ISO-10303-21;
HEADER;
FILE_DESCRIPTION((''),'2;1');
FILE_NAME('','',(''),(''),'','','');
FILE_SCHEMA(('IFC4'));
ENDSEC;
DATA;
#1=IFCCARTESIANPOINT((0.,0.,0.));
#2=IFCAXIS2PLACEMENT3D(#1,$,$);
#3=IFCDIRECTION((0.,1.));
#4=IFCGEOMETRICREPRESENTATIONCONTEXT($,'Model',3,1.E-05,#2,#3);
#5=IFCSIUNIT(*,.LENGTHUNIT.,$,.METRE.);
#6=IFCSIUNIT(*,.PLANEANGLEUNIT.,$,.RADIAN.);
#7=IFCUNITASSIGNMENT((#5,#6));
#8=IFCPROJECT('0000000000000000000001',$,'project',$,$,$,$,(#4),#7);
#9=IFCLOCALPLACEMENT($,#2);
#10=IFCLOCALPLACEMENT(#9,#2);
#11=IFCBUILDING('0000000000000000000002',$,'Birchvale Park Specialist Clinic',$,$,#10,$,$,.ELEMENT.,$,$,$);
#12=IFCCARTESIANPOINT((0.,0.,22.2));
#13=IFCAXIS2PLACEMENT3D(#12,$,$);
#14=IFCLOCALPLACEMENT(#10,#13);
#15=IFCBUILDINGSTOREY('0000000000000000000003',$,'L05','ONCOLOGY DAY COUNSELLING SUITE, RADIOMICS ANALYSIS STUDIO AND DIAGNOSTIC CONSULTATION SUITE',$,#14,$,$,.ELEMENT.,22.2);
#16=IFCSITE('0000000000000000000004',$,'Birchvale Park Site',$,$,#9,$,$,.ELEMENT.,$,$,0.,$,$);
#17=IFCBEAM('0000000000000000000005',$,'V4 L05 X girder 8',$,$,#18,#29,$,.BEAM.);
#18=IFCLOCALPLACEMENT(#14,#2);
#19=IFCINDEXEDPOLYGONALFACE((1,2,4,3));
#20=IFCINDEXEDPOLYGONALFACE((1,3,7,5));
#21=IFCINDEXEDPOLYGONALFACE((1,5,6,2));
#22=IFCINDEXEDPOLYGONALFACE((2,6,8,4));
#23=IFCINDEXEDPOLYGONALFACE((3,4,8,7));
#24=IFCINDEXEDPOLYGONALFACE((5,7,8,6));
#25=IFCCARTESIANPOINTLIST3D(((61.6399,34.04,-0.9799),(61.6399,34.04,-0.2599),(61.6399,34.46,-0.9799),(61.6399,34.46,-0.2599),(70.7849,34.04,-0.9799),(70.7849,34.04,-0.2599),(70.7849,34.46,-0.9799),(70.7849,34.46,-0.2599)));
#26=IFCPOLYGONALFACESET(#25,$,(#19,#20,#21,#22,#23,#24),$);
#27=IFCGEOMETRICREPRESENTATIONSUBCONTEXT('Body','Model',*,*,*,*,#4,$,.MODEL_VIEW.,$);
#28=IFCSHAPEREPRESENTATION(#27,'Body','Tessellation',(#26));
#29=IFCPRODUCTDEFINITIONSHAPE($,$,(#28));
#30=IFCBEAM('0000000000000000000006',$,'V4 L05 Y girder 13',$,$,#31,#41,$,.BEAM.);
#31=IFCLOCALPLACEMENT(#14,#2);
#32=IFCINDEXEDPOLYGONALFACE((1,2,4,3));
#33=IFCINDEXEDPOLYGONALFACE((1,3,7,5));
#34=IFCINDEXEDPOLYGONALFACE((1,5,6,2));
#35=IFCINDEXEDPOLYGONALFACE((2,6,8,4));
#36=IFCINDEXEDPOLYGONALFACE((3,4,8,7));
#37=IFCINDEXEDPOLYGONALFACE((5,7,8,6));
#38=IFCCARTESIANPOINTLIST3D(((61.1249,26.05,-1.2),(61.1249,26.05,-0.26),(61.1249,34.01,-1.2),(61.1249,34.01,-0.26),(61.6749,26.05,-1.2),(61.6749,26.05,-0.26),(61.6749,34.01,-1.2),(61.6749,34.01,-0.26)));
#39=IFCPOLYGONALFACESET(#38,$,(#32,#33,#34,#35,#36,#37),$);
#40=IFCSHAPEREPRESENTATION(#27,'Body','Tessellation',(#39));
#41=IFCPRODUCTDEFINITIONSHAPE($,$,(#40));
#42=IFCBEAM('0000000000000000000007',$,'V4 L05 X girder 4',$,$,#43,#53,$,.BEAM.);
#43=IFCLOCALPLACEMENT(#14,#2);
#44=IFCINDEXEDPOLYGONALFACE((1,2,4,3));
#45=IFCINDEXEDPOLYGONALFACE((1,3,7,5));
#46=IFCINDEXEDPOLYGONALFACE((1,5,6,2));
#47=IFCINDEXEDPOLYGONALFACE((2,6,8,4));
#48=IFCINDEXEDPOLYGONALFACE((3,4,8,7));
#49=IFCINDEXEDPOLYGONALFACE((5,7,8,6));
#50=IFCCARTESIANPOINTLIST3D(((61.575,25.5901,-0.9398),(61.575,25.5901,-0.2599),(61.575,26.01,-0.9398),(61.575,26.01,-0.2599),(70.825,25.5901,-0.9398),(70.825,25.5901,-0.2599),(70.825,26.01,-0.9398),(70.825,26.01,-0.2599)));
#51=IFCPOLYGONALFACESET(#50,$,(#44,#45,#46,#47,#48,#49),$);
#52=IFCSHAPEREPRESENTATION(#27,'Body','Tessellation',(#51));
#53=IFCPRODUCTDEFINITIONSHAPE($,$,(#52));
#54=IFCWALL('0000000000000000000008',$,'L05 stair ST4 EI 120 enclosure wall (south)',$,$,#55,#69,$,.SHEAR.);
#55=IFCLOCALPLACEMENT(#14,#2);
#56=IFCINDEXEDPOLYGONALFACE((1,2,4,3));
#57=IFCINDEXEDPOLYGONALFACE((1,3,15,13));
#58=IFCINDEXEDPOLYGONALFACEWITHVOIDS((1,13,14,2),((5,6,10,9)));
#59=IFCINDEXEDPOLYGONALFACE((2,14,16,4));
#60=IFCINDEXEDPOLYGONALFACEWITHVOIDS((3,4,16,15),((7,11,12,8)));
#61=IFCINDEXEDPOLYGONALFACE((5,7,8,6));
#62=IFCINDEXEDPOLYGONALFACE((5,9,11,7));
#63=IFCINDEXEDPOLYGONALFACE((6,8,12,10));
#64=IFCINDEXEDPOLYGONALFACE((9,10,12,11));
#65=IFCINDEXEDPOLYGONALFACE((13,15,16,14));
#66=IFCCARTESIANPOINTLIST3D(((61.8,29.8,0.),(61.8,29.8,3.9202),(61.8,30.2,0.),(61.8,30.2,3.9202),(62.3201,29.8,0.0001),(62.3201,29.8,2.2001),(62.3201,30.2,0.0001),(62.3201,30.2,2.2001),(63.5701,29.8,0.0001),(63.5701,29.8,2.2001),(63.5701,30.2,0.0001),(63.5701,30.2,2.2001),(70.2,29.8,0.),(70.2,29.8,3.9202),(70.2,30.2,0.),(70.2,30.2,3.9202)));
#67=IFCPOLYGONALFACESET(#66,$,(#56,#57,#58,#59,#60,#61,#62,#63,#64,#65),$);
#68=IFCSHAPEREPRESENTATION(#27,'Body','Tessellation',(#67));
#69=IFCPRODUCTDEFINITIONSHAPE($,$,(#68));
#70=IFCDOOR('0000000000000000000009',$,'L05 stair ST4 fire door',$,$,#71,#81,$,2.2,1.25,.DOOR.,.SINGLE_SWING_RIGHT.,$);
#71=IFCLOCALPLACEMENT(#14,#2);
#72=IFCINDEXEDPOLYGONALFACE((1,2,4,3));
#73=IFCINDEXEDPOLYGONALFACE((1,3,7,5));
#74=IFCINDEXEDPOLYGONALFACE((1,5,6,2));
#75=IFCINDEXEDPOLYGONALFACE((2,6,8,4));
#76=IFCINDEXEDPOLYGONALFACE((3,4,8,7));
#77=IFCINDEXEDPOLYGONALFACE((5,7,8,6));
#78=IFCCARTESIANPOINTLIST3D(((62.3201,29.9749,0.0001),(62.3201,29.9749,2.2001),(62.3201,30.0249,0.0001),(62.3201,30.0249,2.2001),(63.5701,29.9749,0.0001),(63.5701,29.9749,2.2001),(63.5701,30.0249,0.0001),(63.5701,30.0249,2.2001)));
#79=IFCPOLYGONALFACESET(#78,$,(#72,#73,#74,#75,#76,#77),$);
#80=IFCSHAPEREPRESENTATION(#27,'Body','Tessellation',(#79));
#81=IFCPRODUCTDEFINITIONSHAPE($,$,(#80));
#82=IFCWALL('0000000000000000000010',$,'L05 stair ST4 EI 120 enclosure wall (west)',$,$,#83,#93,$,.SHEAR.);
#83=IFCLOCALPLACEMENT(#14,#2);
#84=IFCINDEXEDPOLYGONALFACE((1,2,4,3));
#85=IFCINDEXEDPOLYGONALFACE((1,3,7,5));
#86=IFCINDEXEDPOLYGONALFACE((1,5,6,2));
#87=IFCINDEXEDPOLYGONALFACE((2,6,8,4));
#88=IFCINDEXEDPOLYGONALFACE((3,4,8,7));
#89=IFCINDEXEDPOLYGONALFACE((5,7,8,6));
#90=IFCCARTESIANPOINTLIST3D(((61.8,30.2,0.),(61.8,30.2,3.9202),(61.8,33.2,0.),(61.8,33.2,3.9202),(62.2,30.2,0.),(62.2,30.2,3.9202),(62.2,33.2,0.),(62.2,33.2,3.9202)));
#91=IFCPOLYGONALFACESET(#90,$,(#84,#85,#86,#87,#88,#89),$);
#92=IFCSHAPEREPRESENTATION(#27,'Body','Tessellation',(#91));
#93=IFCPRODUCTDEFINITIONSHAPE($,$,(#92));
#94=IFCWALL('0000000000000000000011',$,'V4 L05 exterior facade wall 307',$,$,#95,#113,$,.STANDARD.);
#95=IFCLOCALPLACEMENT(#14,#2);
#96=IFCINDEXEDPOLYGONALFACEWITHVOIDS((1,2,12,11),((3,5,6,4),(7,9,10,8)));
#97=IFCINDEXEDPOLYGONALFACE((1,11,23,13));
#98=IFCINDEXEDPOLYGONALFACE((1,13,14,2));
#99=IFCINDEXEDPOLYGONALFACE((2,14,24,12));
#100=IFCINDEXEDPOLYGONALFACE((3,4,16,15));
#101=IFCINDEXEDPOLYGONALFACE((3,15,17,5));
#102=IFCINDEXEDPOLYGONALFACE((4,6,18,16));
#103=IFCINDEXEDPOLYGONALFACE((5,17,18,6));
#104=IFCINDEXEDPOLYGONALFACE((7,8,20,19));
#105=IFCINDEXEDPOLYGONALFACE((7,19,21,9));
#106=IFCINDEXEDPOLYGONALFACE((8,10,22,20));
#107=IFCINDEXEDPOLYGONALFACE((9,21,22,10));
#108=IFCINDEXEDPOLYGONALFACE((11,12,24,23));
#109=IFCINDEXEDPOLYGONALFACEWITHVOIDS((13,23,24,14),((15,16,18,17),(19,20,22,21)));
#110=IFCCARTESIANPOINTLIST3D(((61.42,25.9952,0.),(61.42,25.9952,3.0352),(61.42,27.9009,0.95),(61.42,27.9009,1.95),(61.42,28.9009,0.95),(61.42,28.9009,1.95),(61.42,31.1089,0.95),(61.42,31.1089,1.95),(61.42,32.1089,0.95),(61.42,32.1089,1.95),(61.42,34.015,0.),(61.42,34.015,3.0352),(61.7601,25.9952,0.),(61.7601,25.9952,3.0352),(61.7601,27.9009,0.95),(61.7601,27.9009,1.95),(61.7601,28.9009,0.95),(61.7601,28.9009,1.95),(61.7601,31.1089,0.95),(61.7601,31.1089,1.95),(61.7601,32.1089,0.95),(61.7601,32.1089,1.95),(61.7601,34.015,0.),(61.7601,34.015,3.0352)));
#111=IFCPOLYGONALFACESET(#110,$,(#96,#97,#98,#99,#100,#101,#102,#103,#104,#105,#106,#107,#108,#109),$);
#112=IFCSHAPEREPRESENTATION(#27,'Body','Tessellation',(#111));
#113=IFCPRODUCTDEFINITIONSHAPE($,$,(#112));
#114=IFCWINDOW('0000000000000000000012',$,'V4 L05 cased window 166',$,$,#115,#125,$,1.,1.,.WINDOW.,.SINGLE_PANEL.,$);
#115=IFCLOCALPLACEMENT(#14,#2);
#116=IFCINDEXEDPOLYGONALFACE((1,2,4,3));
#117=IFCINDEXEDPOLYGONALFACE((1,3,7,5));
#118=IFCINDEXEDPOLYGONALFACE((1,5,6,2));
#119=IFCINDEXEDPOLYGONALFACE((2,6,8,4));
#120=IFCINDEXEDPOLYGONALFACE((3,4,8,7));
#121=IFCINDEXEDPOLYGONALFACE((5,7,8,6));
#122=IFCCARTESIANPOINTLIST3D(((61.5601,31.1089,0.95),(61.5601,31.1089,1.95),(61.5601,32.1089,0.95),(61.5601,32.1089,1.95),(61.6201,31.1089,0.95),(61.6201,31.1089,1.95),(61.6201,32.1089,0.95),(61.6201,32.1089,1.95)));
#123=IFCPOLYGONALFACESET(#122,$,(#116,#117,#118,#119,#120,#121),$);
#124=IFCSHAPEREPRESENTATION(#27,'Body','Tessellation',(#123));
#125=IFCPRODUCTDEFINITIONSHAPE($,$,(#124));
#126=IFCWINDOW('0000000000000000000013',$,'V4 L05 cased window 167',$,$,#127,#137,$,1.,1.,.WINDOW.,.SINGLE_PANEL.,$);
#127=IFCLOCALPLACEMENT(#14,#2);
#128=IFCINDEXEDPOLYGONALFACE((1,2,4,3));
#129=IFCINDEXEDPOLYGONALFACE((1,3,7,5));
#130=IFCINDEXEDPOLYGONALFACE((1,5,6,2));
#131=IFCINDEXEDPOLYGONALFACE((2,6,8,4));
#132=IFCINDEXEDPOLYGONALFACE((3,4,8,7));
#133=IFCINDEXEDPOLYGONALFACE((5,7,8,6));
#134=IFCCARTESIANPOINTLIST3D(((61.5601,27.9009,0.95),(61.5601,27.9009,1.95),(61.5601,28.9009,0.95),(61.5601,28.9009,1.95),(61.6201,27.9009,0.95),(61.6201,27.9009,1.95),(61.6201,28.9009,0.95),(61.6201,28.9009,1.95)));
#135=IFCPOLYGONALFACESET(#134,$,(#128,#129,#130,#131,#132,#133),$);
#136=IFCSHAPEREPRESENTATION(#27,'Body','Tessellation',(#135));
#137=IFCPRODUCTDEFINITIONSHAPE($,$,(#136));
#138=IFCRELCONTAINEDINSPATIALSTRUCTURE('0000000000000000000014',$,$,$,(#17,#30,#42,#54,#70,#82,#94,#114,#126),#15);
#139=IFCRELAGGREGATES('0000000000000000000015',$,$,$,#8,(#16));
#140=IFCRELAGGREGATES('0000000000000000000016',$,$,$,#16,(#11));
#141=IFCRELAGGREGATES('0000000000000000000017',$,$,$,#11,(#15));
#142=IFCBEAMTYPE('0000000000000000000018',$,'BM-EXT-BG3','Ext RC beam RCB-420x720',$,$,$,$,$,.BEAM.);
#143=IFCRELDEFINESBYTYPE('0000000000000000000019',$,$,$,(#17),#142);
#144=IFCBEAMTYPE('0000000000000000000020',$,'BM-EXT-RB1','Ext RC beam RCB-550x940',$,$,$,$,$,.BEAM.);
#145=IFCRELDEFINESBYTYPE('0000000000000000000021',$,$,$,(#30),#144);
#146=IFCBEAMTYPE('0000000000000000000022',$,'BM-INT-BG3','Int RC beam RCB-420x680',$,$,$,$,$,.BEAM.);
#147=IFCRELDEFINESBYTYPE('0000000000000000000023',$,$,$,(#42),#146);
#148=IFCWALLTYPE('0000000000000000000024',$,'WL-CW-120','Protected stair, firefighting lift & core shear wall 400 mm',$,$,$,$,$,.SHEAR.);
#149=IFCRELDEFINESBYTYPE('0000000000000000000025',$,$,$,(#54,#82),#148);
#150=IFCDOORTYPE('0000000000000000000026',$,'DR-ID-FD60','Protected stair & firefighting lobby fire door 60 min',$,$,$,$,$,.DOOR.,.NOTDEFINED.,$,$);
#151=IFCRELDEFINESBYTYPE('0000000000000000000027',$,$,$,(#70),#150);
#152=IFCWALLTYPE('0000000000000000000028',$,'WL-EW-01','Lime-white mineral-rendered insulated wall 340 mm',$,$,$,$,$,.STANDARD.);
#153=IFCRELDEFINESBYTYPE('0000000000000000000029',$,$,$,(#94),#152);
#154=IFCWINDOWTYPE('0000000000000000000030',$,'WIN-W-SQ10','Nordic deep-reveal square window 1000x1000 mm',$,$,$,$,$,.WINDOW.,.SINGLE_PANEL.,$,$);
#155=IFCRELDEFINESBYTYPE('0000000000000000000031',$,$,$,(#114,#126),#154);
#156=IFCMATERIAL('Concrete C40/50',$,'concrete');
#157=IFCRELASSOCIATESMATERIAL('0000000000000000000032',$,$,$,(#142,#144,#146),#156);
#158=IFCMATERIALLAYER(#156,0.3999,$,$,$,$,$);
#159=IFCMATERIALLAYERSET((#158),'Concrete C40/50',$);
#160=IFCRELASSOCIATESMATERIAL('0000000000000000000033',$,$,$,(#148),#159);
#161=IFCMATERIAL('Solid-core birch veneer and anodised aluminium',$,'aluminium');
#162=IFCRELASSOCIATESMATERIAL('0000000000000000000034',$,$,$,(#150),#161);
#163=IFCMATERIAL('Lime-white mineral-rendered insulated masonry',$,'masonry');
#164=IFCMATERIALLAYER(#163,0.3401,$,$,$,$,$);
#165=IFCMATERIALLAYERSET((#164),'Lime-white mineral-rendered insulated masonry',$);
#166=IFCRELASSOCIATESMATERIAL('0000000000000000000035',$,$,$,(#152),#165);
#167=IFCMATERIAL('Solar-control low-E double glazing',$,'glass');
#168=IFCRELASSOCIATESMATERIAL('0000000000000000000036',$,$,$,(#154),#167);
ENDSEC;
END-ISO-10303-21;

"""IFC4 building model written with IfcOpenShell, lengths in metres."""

from ifc_helpers import new_model, si_unit, direction, frame, frame_2d, origin, origin_2d, place, context, subcontext, project, spatial, rectangle, extrude, material, layer, layer_set, material_profile, profile_set, type_object, element, fill, save


model = new_model("IFC4")

# Units and contexts
model_context = context("Model", 3, precision=1e-05, world=origin(), true_north=direction((0.0, 1.0)))
body_context = subcontext(model_context, "Body", "Model", "MODEL_VIEW")
ifc_project = project(units=[si_unit("LENGTHUNIT", "METRE"), si_unit("PLANEANGLEUNIT", "RADIAN")], contexts=[model_context])

# Site, building, storey
site_placement = place(None, origin())
site = spatial("IfcSite", under=ifc_project, at=site_placement, Name="Birchvale Park Site", CompositionType="ELEMENT", RefElevation=0.0)
building_placement = place(site_placement, origin())
building = spatial("IfcBuilding", under=site, at=building_placement, Name="Birchvale Park Specialist Clinic", CompositionType="ELEMENT")
storey_placement = place(building_placement, frame((0.0, 0.0, 22.2)))
storey = spatial("IfcBuildingStorey", under=building, at=storey_placement, Name="L05", Description="ONCOLOGY DAY COUNSELLING SUITE, RADIOMICS ANALYSIS STUDIO AND DIAGNOSTIC CONSULTATION SUITE", CompositionType="ELEMENT", Elevation=22.2)

# Beams
ifc_material_1 = material(Name="Concrete C40/50", Category="concrete")
ifc_material_profile_1 = material_profile(ifc_material_1, rectangle(XDim=0.4199, YDim=0.72, at=origin_2d()), Name="RCB-420x720")
ifc_profile_set_1 = profile_set([ifc_material_profile_1], Name="Concrete C40/50")
beam_type_1 = type_object("IfcBeamType", Name="BM-EXT-BG3", Description="Ext RC beam RCB-420x720", PredefinedType="BEAM", material=ifc_profile_set_1)
beam_1_placement = place(storey_placement, frame((61.6399, 34.25, -0.6199), z_axis=(1.0, 0.0, 0.0), x_axis=(0.0, 1.0, 0.0)))
element("IfcBeam", 1, at=beam_1_placement, inside=storey, type_object=beam_type_1, Name="V4 L05 X girder 8", PredefinedType="BEAM", context=body_context, shape_type="SweptSolid", body=[
    extrude(rectangle(XDim=0.4199, YDim=0.72, at=origin_2d()), origin(), (0.0, 0.0, 1.0), 9.145),
])
ifc_material_profile_2 = material_profile(ifc_material_1, rectangle(XDim=0.55, YDim=0.9399, at=origin_2d()), Name="RCB-550x940")
ifc_profile_set_2 = profile_set([ifc_material_profile_2], Name="Concrete C40/50")
beam_type_2 = type_object("IfcBeamType", Name="BM-EXT-RB1", Description="Ext RC beam RCB-550x940", PredefinedType="BEAM", material=ifc_profile_set_2)
beam_2_placement = place(storey_placement, frame((61.3999, 26.05, -0.73), z_axis=(0.0, 1.0, 0.0), x_axis=(-1.0, 0.0, 0.0)))
element("IfcBeam", 2, at=beam_2_placement, inside=storey, type_object=beam_type_2, Name="V4 L05 Y girder 13", PredefinedType="BEAM", context=body_context, shape_type="SweptSolid", body=[
    extrude(rectangle(XDim=0.55, YDim=0.9399, at=origin_2d()), origin(), (0.0, 0.0, 1.0), 7.96),
])
ifc_material_profile_3 = material_profile(ifc_material_1, rectangle(XDim=0.4199, YDim=0.6799, at=origin_2d()), Name="RCB-420x680")
ifc_profile_set_3 = profile_set([ifc_material_profile_3], Name="Concrete C40/50")
beam_type_3 = type_object("IfcBeamType", Name="BM-INT-BG3", Description="Int RC beam RCB-420x680", PredefinedType="BEAM", material=ifc_profile_set_3)
beam_3_placement = place(storey_placement, frame((61.575, 25.8, -0.5999), z_axis=(1.0, 0.0, 0.0), x_axis=(0.0, 1.0, 0.0)))
element("IfcBeam", 3, at=beam_3_placement, inside=storey, type_object=beam_type_3, Name="V4 L05 X girder 4", PredefinedType="BEAM", context=body_context, shape_type="SweptSolid", body=[
    extrude(rectangle(XDim=0.4199, YDim=0.6799, at=origin_2d()), origin(), (0.0, 0.0, 1.0), 9.25),
])

# Wall, opening, door
ifc_layer_1 = layer(ifc_material_1, 0.3999)
ifc_layer_set_1 = layer_set([ifc_layer_1], Name="Concrete C40/50")
wall_type_1 = type_object("IfcWallType", Name="WL-CW-120", Description="Protected stair, firefighting lift & core shear wall 400 mm", PredefinedType="SHEAR", material=ifc_layer_set_1)
wall_1_placement = place(storey_placement, frame((61.8, 30.0, 0.0), z_axis=(0.0, 0.0, 1.0), x_axis=(1.0, 0.0, 0.0)))
wall_1 = element("IfcWall", 4, at=wall_1_placement, inside=storey, type_object=wall_type_1, Name="L05 stair ST4 EI 120 enclosure wall (south)", PredefinedType="SHEAR", context=body_context, shape_type="SweptSolid", body=[
    extrude(rectangle(XDim=8.3999, YDim=0.3999, at=frame_2d((4.2, 0.0))), origin(), (0.0, 0.0, 1.0), 3.9202),
])
opening_1_placement = place(wall_1_placement, frame((0.52, 0.0, 0.0)))
opening_1 = element("IfcOpeningElement", 5, at=opening_1_placement, cuts=wall_1, PredefinedType="OPENING", context=body_context, shape_type="SweptSolid", body=[
    extrude(rectangle(XDim=1.25, YDim=2.2, at=frame_2d((0.625, 1.1001))), frame((0.0, 0.21, 0.0), z_axis=(0.0, -1.0, 0.0), x_axis=(1.0, 0.0, 0.0)), (0.0, 0.0, 1.0), 0.4199),
])
ifc_material_2 = material(Name="Solid-core birch veneer and anodised aluminium", Category="aluminium")
door_type_1 = type_object("IfcDoorType", Name="DR-ID-FD60", Description="Protected stair & firefighting lobby fire door 60 min", OperationType="NOTDEFINED", PredefinedType="DOOR", material=ifc_material_2)
door_1_placement = place(opening_1_placement, origin())
door_1 = element("IfcDoor", 6, at=door_1_placement, inside=storey, type_object=door_type_1, Name="L05 stair ST4 fire door", OperationType="SINGLE_SWING_RIGHT", OverallHeight=2.2, OverallWidth=1.25, PredefinedType="DOOR", context=body_context, shape_type="SweptSolid", body=[
    extrude(rectangle(XDim=1.25, YDim=2.2, at=frame_2d((0.625, 1.1001))), frame((0.0, 0.0249, 0.0), z_axis=(0.0, -1.0, 0.0), x_axis=(1.0, 0.0, 0.0)), (0.0, 0.0, 1.0), 0.05),
])
fill(opening_1, door_1)

# Wall
wall_2_placement = place(storey_placement, frame((62.0, 30.2, 0.0), z_axis=(0.0, 0.0, 1.0), x_axis=(0.0, 1.0, 0.0)))
element("IfcWall", 7, at=wall_2_placement, inside=storey, type_object=wall_type_1, Name="L05 stair ST4 EI 120 enclosure wall (west)", PredefinedType="SHEAR", context=body_context, shape_type="SweptSolid", body=[
    extrude(rectangle(XDim=3.0, YDim=0.3999, at=frame_2d((1.5, 0.0))), origin(), (0.0, 0.0, 1.0), 3.9202),
])

# Wall, openings, windows
ifc_material_3 = material(Name="Lime-white mineral-rendered insulated masonry", Category="masonry")
ifc_layer_2 = layer(ifc_material_3, 0.3401)
ifc_layer_set_2 = layer_set([ifc_layer_2], Name="Lime-white mineral-rendered insulated masonry")
wall_type_2 = type_object("IfcWallType", Name="WL-EW-01", Description="Lime-white mineral-rendered insulated wall 340 mm", PredefinedType="STANDARD", material=ifc_layer_set_2)
wall_3_placement = place(storey_placement, frame((61.5901, 34.0149, 0.0), z_axis=(0.0, 0.0, 1.0), x_axis=(0.0, -1.0, 0.0)))
wall_3 = element("IfcWall", 8, at=wall_3_placement, inside=storey, type_object=wall_type_2, Name="V4 L05 exterior facade wall 307", PredefinedType="STANDARD", context=body_context, shape_type="SweptSolid", body=[
    extrude(rectangle(XDim=8.0198, YDim=0.3401, at=frame_2d((4.0098, 0.0))), origin(), (0.0, 0.0, 1.0), 3.0352),
])
opening_2_placement = place(wall_3_placement, frame((1.906, 0.0, 0.95)))
opening_2 = element("IfcOpeningElement", 9, at=opening_2_placement, cuts=wall_3, PredefinedType="OPENING", context=body_context, shape_type="SweptSolid", body=[
    extrude(rectangle(XDim=1.0, YDim=1.0, at=frame_2d((0.5, 0.5))), frame((0.0, 0.1802, 0.0), z_axis=(0.0, -1.0, 0.0), x_axis=(1.0, 0.0, 0.0)), (0.0, 0.0, 1.0), 0.3601),
])
opening_3_placement = place(wall_3_placement, frame((5.114, 0.0, 0.95)))
opening_3 = element("IfcOpeningElement", 10, at=opening_3_placement, cuts=wall_3, PredefinedType="OPENING", context=body_context, shape_type="SweptSolid", body=[
    extrude(rectangle(XDim=1.0, YDim=1.0, at=frame_2d((0.5, 0.5))), frame((0.0, 0.1802, 0.0), z_axis=(0.0, -1.0, 0.0), x_axis=(1.0, 0.0, 0.0)), (0.0, 0.0, 1.0), 0.3601),
])
ifc_material_4 = material(Name="Solar-control low-E double glazing", Category="glass")
window_type_1 = type_object("IfcWindowType", Name="WIN-W-SQ10", Description="Nordic deep-reveal square window 1000x1000 mm", PartitioningType="SINGLE_PANEL", PredefinedType="WINDOW", material=ifc_material_4)
window_1_placement = place(opening_2_placement, origin())
window_1 = element("IfcWindow", 11, at=window_1_placement, inside=storey, type_object=window_type_1, Name="V4 L05 cased window 166", OverallHeight=1.0, OverallWidth=1.0, PartitioningType="SINGLE_PANEL", PredefinedType="WINDOW", context=body_context, shape_type="SweptSolid", body=[
    extrude(rectangle(XDim=1.0, YDim=1.0, at=frame_2d((0.5, 0.5))), frame((0.0, 0.03, 0.0), z_axis=(0.0, -1.0, 0.0), x_axis=(1.0, 0.0, 0.0)), (0.0, 0.0, 1.0), 0.0601),
])
fill(opening_2, window_1)
window_2_placement = place(opening_3_placement, origin())
window_2 = element("IfcWindow", 12, at=window_2_placement, inside=storey, type_object=window_type_1, Name="V4 L05 cased window 167", OverallHeight=1.0, OverallWidth=1.0, PartitioningType="SINGLE_PANEL", PredefinedType="WINDOW", context=body_context, shape_type="SweptSolid", body=[
    extrude(rectangle(XDim=1.0, YDim=1.0, at=frame_2d((0.5, 0.5))), frame((0.0, 0.03, 0.0), z_axis=(0.0, -1.0, 0.0), x_axis=(1.0, 0.0, 0.0)), (0.0, 0.0, 1.0), 0.0601),
])
fill(opening_3, window_2)

save(model, "model.ifc")
